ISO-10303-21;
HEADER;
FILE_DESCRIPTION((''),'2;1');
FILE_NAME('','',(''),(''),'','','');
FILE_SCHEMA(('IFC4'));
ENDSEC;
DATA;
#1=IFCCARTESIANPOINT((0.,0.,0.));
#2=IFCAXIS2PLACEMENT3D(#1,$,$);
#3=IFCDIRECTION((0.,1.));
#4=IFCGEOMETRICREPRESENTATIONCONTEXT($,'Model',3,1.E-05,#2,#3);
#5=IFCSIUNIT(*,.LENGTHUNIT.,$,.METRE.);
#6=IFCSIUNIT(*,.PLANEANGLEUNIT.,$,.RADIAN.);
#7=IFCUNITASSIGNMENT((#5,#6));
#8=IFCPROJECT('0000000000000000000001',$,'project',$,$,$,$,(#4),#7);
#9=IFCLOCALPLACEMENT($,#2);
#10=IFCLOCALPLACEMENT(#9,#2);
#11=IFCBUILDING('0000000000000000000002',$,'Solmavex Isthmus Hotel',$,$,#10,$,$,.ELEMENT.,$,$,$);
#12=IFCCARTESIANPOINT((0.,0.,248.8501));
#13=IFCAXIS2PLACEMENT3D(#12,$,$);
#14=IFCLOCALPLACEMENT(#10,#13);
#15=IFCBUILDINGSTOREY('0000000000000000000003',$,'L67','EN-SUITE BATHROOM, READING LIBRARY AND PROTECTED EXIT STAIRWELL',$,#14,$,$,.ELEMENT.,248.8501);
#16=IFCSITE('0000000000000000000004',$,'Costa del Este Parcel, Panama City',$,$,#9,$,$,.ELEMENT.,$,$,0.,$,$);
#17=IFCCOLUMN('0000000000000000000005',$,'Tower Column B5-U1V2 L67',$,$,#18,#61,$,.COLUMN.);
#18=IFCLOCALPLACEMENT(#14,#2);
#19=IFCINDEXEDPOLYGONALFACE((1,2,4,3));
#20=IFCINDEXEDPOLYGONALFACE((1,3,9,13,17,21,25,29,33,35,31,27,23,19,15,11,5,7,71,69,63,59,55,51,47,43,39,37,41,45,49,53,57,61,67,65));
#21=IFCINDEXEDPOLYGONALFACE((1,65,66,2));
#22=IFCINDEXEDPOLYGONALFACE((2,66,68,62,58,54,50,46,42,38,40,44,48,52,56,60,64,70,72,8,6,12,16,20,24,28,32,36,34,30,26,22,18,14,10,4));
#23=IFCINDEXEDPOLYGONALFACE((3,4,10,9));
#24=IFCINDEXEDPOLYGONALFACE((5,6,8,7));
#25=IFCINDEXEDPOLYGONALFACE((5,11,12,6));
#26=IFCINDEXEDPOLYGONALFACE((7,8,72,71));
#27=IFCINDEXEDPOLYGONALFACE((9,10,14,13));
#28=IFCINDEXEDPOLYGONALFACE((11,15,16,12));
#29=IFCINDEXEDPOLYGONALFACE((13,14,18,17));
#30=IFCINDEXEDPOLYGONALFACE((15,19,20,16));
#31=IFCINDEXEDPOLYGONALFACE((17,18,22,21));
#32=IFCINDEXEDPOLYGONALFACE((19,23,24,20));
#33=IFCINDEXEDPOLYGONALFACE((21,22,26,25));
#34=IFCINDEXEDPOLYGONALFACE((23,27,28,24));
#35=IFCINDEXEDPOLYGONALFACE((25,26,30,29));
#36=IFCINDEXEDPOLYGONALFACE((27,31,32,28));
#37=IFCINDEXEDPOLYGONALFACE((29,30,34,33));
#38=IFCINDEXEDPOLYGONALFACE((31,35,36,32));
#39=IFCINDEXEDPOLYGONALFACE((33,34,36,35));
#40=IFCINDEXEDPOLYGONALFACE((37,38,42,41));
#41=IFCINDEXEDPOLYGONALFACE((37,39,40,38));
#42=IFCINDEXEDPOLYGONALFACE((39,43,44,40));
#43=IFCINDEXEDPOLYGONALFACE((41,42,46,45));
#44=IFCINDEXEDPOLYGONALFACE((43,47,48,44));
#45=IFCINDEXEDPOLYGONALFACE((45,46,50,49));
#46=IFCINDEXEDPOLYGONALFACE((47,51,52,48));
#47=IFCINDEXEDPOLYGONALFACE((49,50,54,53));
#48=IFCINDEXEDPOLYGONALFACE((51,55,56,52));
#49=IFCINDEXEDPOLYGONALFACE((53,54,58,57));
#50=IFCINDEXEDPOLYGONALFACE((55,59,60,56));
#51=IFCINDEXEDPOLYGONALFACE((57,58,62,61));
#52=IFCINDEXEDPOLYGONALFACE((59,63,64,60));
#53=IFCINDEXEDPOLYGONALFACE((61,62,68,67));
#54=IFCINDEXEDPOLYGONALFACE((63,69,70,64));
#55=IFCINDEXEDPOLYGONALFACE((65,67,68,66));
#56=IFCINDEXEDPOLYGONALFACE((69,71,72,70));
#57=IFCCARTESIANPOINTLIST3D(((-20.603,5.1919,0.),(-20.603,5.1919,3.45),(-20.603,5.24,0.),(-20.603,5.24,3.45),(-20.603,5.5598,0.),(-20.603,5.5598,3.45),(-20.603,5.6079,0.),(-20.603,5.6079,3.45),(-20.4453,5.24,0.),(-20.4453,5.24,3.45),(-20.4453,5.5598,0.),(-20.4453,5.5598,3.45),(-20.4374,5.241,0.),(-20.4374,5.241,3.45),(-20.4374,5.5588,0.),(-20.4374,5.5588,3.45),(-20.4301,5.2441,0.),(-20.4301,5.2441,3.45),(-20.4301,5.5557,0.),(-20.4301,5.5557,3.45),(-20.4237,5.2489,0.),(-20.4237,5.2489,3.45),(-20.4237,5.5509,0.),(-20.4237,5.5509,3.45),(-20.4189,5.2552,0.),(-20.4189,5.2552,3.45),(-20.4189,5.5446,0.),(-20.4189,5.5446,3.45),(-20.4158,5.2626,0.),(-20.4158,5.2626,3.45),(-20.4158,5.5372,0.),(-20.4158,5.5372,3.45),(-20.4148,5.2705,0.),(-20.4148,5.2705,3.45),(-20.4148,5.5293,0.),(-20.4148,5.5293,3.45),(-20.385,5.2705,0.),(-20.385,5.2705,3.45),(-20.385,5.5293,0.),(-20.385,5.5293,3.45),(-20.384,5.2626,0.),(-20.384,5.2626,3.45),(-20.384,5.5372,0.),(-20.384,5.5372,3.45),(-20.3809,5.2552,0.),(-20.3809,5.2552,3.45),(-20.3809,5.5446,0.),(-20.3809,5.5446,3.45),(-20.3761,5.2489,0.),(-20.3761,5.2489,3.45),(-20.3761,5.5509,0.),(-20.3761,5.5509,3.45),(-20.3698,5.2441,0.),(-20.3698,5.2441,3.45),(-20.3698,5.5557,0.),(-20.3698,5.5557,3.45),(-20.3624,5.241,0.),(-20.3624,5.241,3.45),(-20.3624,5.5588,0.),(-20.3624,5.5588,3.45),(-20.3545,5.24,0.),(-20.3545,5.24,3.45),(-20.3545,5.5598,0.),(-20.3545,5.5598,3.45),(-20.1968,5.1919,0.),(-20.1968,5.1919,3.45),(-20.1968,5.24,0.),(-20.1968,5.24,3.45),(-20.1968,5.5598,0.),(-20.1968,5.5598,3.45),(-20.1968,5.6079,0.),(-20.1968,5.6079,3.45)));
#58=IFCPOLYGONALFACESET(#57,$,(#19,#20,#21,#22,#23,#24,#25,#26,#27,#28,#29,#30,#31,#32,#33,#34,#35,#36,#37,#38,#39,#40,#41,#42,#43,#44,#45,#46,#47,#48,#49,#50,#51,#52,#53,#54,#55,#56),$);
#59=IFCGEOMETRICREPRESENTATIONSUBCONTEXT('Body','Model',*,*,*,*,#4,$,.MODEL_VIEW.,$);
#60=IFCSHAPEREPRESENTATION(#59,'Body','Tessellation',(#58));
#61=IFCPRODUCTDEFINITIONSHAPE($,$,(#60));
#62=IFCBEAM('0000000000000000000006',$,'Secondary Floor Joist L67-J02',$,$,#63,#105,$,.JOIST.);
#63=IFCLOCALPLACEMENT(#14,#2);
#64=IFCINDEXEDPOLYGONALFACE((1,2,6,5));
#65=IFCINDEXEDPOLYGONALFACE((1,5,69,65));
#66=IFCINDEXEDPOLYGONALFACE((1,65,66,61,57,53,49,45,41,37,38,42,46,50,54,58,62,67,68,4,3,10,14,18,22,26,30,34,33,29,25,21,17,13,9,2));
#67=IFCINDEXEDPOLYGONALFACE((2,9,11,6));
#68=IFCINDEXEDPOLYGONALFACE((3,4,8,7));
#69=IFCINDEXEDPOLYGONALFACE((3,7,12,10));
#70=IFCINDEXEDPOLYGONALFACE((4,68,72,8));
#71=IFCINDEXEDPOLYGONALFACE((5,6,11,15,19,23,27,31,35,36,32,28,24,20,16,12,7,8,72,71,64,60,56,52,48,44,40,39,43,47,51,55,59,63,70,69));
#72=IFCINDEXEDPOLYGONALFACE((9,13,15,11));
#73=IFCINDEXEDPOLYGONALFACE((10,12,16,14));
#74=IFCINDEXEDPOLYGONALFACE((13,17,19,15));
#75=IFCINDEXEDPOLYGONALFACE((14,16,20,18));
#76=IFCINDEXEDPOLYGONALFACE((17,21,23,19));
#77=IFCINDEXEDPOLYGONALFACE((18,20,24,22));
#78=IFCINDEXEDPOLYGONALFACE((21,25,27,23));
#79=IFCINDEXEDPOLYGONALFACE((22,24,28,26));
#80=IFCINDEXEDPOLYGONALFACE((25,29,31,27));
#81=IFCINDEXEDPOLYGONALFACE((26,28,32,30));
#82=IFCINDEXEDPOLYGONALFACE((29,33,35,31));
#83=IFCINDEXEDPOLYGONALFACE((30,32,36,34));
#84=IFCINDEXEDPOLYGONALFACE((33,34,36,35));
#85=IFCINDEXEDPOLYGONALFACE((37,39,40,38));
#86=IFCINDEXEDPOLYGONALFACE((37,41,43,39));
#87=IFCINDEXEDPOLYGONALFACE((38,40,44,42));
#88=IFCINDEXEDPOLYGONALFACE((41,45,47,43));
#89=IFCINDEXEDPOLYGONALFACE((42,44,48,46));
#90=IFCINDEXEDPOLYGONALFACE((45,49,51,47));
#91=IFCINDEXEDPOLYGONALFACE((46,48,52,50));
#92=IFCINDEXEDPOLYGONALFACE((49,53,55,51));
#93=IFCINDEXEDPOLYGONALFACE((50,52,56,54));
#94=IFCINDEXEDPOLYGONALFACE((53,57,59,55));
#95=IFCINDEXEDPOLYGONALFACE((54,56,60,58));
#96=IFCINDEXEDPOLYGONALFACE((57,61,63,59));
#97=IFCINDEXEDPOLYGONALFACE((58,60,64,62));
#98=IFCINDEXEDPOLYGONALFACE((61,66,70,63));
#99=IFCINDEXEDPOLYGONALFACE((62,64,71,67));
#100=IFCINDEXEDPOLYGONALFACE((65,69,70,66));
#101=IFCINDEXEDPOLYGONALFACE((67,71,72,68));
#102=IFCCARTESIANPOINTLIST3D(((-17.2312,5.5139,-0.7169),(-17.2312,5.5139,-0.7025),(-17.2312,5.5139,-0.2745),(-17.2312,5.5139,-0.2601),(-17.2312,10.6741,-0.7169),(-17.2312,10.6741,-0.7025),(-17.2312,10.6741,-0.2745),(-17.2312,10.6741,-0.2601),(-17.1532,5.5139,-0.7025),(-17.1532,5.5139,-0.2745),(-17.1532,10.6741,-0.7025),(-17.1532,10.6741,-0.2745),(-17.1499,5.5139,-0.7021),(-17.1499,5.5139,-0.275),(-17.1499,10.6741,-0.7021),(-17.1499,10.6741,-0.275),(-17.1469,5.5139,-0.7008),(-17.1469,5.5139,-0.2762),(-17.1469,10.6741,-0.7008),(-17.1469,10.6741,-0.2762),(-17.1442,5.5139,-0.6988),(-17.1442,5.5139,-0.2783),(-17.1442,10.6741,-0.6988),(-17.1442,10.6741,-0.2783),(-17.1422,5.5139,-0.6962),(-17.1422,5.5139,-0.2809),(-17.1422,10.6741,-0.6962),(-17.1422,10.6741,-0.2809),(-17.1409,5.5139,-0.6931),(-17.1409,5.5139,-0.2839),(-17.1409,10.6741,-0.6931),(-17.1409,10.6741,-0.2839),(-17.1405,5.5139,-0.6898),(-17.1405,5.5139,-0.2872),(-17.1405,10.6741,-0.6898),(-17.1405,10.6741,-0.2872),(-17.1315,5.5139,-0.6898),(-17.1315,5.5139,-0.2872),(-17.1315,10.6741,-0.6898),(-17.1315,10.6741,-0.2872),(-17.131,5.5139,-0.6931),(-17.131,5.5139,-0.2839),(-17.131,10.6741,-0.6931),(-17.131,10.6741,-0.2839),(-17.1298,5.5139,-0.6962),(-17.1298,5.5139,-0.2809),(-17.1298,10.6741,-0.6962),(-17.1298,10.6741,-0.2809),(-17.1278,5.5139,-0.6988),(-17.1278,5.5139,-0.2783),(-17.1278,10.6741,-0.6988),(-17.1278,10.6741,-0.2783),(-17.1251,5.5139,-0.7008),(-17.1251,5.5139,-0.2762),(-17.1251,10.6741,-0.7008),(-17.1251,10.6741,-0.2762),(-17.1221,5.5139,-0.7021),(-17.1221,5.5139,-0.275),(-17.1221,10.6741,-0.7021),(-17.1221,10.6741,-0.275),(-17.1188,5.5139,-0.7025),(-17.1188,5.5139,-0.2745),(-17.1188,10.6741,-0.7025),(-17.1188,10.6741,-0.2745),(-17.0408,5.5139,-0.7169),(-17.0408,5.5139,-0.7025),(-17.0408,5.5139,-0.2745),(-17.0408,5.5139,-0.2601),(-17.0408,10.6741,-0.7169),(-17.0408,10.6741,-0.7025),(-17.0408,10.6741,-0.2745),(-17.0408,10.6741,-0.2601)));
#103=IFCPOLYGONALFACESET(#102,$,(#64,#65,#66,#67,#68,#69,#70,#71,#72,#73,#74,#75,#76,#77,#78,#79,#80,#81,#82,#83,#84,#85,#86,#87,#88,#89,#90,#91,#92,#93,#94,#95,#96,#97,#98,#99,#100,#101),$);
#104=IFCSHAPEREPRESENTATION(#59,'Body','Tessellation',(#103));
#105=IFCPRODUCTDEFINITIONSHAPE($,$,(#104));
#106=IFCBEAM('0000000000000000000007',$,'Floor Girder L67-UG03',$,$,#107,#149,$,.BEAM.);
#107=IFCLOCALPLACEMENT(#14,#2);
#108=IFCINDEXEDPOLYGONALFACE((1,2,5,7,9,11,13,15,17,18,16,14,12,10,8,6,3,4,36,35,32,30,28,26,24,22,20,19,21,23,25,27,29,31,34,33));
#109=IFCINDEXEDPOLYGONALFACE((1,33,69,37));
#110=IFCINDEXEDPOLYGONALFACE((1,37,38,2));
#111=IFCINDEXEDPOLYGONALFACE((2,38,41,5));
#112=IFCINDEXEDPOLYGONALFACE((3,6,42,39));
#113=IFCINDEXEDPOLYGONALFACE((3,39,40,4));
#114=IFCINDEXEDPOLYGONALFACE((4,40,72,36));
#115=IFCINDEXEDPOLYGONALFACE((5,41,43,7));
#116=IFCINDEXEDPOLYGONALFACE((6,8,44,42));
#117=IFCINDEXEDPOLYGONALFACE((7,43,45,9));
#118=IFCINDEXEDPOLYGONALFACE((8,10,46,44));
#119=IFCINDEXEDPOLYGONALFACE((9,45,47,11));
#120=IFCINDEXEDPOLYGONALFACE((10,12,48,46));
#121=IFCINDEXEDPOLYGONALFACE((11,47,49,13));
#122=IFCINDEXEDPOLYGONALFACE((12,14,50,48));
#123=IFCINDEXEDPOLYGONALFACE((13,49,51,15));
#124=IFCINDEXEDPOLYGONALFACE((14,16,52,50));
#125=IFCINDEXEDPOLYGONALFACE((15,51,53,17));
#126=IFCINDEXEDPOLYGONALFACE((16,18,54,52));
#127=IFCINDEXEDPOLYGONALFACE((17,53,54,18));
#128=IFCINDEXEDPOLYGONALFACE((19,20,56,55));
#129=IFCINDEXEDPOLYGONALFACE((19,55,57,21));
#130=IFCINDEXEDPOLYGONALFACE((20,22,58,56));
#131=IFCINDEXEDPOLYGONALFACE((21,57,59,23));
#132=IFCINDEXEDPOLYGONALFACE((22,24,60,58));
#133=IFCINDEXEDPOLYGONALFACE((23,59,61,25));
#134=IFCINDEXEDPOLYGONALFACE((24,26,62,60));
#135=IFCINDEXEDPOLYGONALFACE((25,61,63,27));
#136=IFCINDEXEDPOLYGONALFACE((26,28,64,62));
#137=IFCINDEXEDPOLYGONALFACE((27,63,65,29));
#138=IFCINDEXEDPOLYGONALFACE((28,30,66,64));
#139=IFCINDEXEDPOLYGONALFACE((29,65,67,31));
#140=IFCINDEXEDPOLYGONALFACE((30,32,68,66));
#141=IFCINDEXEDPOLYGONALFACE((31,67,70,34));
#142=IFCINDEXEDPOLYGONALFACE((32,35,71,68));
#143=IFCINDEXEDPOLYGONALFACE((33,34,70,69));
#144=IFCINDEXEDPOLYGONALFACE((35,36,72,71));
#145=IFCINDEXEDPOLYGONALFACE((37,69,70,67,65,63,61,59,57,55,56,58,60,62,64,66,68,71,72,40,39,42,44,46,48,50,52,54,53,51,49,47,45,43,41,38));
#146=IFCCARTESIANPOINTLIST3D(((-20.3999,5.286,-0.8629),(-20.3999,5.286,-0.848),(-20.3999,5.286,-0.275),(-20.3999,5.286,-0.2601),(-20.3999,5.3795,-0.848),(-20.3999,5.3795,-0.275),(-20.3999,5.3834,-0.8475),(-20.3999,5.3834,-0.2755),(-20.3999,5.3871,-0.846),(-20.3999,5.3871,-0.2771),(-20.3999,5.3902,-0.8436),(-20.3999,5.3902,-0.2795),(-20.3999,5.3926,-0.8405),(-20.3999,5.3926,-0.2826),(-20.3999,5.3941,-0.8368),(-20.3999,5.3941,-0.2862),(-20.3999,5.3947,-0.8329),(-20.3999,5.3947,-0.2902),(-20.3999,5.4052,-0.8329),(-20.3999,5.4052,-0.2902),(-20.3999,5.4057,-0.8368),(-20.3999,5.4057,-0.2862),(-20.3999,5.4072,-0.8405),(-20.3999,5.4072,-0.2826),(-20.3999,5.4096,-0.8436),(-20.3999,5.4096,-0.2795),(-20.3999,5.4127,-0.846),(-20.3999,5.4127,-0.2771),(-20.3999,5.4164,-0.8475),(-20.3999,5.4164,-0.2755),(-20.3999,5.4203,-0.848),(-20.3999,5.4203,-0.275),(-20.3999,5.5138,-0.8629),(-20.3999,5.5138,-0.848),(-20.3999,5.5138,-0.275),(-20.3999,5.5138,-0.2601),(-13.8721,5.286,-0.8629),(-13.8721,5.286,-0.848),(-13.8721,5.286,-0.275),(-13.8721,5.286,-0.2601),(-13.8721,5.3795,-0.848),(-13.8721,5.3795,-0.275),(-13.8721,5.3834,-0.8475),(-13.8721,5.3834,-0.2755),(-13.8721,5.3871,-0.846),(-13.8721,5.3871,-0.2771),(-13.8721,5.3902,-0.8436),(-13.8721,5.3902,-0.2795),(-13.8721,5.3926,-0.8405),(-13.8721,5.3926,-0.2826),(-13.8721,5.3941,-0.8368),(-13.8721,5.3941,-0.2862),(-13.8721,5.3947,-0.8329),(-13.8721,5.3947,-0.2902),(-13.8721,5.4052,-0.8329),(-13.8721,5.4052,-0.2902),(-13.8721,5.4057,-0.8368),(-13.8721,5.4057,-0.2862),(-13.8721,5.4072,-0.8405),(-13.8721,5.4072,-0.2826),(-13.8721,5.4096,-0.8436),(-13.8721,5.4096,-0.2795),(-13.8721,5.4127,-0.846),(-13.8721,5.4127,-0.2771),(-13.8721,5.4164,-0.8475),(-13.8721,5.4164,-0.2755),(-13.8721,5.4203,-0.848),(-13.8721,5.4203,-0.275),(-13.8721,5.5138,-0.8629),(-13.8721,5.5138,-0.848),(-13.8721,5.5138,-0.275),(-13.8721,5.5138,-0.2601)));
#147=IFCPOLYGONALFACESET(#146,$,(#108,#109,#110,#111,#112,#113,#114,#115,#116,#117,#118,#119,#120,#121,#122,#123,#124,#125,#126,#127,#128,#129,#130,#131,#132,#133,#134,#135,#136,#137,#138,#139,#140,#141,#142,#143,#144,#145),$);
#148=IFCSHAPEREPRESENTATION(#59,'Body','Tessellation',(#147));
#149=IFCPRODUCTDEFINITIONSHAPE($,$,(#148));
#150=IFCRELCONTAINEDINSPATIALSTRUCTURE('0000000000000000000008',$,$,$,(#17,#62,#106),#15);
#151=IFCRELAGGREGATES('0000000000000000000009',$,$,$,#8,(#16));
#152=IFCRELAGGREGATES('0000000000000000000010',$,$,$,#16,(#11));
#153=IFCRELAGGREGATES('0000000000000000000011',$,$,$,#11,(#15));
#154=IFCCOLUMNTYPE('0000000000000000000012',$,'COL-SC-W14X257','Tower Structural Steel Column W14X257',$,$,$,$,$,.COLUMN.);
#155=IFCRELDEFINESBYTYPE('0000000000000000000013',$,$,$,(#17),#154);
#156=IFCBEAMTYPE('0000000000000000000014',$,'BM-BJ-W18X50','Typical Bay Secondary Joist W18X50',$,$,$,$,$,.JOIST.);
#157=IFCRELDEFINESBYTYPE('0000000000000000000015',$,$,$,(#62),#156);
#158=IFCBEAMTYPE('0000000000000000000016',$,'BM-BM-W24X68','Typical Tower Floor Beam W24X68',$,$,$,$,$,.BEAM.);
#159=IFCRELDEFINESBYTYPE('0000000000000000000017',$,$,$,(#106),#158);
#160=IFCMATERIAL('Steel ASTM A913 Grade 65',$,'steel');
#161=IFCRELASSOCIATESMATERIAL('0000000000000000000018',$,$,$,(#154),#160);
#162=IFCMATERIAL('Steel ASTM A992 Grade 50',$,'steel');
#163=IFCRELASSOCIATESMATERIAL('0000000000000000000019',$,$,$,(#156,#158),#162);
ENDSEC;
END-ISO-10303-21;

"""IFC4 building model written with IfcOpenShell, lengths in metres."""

from ifc_helpers import new_model, si_unit, direction, frame, origin, origin_2d, place, context, subcontext, project, spatial, i_section, extrude, material, material_profile, profile_set, type_object, element, save


model = new_model("IFC4")

# Units and contexts
model_context = context("Model", 3, precision=1e-05, world=origin(), true_north=direction((0.0, 1.0)))
body_context = subcontext(model_context, "Body", "Model", "MODEL_VIEW")
ifc_project = project(units=[si_unit("LENGTHUNIT", "METRE"), si_unit("PLANEANGLEUNIT", "RADIAN")], contexts=[model_context])

# Site, building, storey
site_placement = place(None, origin())
site = spatial("IfcSite", under=ifc_project, at=site_placement, Name="Costa del Este Parcel, Panama City", CompositionType="ELEMENT", RefElevation=0.0)
building_placement = place(site_placement, origin())
building = spatial("IfcBuilding", under=site, at=building_placement, Name="Solmavex Isthmus Hotel", CompositionType="ELEMENT")
storey_placement = place(building_placement, frame((0.0, 0.0, 248.8501)))
storey = spatial("IfcBuildingStorey", under=building, at=storey_placement, Name="L67", Description="EN-SUITE BATHROOM, READING LIBRARY AND PROTECTED EXIT STAIRWELL", CompositionType="ELEMENT", Elevation=248.8501)

# Column
ifc_material_1 = material(Name="Steel ASTM A913 Grade 65", Category="steel")
ifc_material_profile_1 = material_profile(ifc_material_1, i_section(OverallWidth=0.4062, OverallDepth=0.416, WebThickness=0.0298, FlangeThickness=0.0481, FilletRadius=0.0305, at=origin_2d()), Name="W14X257")
ifc_profile_set_1 = profile_set([ifc_material_profile_1], Name="Steel ASTM A913 Grade 65")
column_type = type_object("IfcColumnType", Name="COL-SC-W14X257", Description="Tower Structural Steel Column W14X257", PredefinedType="COLUMN", material=ifc_profile_set_1)
column_placement = place(storey_placement, frame((-20.3999, 5.3999, 0.0), z_axis=(0.0, 0.0, 1.0), x_axis=(1.0, 0.0, 0.0)))
element("IfcColumn", 1, at=column_placement, inside=storey, type_object=column_type, Name="Tower Column B5-U1V2 L67", PredefinedType="COLUMN", context=body_context, shape_type="SweptSolid", body=[
    extrude(i_section(OverallWidth=0.4062, OverallDepth=0.416, WebThickness=0.0298, FlangeThickness=0.0481, FilletRadius=0.0305, at=origin_2d()), origin(), (0.0, 0.0, 1.0), 3.45),
])

# Beams
ifc_material_2 = material(Name="Steel ASTM A992 Grade 50", Category="steel")
ifc_material_profile_2 = material_profile(ifc_material_2, i_section(OverallWidth=0.1904, OverallDepth=0.4568, WebThickness=0.009, FlangeThickness=0.0144, FilletRadius=0.0127, at=origin_2d()), Name="W18X50")
ifc_profile_set_2 = profile_set([ifc_material_profile_2], Name="Steel ASTM A992 Grade 50")
beam_type_1 = type_object("IfcBeamType", Name="BM-BJ-W18X50", Description="Typical Bay Secondary Joist W18X50", PredefinedType="JOIST", material=ifc_profile_set_2)
beam_1_placement = place(storey_placement, frame((-17.136, 5.5139, -0.4885), z_axis=(0.0, 1.0, 0.0), x_axis=(-1.0, 0.0, 0.0)))
element("IfcBeam", 2, at=beam_1_placement, inside=storey, type_object=beam_type_1, Name="Secondary Floor Joist L67-J02", PredefinedType="JOIST", context=body_context, shape_type="SweptSolid", body=[
    extrude(i_section(OverallWidth=0.1904, OverallDepth=0.4568, WebThickness=0.009, FlangeThickness=0.0144, FilletRadius=0.0127, at=origin_2d()), origin(), (0.0, 0.0, 1.0), 5.1602),
])
ifc_material_profile_3 = material_profile(ifc_material_2, i_section(OverallWidth=0.2278, OverallDepth=0.6028, WebThickness=0.0105, FlangeThickness=0.0149, FilletRadius=0.0151, at=origin_2d()), Name="W24X68")
ifc_profile_set_3 = profile_set([ifc_material_profile_3], Name="Steel ASTM A992 Grade 50")
beam_type_2 = type_object("IfcBeamType", Name="BM-BM-W24X68", Description="Typical Tower Floor Beam W24X68", PredefinedType="BEAM", material=ifc_profile_set_3)
beam_2_placement = place(storey_placement, frame((-20.3999, 5.3999, -0.5615), z_axis=(1.0, 0.0, 0.0), x_axis=(0.0, 1.0, 0.0)))
element("IfcBeam", 3, at=beam_2_placement, inside=storey, type_object=beam_type_2, Name="Floor Girder L67-UG03", PredefinedType="BEAM", context=body_context, shape_type="SweptSolid", body=[
    extrude(i_section(OverallWidth=0.2278, OverallDepth=0.6028, WebThickness=0.0105, FlangeThickness=0.0149, FilletRadius=0.0151, at=origin_2d()), origin(), (0.0, 0.0, 1.0), 6.5278),
])

save(model, "model.ifc")
